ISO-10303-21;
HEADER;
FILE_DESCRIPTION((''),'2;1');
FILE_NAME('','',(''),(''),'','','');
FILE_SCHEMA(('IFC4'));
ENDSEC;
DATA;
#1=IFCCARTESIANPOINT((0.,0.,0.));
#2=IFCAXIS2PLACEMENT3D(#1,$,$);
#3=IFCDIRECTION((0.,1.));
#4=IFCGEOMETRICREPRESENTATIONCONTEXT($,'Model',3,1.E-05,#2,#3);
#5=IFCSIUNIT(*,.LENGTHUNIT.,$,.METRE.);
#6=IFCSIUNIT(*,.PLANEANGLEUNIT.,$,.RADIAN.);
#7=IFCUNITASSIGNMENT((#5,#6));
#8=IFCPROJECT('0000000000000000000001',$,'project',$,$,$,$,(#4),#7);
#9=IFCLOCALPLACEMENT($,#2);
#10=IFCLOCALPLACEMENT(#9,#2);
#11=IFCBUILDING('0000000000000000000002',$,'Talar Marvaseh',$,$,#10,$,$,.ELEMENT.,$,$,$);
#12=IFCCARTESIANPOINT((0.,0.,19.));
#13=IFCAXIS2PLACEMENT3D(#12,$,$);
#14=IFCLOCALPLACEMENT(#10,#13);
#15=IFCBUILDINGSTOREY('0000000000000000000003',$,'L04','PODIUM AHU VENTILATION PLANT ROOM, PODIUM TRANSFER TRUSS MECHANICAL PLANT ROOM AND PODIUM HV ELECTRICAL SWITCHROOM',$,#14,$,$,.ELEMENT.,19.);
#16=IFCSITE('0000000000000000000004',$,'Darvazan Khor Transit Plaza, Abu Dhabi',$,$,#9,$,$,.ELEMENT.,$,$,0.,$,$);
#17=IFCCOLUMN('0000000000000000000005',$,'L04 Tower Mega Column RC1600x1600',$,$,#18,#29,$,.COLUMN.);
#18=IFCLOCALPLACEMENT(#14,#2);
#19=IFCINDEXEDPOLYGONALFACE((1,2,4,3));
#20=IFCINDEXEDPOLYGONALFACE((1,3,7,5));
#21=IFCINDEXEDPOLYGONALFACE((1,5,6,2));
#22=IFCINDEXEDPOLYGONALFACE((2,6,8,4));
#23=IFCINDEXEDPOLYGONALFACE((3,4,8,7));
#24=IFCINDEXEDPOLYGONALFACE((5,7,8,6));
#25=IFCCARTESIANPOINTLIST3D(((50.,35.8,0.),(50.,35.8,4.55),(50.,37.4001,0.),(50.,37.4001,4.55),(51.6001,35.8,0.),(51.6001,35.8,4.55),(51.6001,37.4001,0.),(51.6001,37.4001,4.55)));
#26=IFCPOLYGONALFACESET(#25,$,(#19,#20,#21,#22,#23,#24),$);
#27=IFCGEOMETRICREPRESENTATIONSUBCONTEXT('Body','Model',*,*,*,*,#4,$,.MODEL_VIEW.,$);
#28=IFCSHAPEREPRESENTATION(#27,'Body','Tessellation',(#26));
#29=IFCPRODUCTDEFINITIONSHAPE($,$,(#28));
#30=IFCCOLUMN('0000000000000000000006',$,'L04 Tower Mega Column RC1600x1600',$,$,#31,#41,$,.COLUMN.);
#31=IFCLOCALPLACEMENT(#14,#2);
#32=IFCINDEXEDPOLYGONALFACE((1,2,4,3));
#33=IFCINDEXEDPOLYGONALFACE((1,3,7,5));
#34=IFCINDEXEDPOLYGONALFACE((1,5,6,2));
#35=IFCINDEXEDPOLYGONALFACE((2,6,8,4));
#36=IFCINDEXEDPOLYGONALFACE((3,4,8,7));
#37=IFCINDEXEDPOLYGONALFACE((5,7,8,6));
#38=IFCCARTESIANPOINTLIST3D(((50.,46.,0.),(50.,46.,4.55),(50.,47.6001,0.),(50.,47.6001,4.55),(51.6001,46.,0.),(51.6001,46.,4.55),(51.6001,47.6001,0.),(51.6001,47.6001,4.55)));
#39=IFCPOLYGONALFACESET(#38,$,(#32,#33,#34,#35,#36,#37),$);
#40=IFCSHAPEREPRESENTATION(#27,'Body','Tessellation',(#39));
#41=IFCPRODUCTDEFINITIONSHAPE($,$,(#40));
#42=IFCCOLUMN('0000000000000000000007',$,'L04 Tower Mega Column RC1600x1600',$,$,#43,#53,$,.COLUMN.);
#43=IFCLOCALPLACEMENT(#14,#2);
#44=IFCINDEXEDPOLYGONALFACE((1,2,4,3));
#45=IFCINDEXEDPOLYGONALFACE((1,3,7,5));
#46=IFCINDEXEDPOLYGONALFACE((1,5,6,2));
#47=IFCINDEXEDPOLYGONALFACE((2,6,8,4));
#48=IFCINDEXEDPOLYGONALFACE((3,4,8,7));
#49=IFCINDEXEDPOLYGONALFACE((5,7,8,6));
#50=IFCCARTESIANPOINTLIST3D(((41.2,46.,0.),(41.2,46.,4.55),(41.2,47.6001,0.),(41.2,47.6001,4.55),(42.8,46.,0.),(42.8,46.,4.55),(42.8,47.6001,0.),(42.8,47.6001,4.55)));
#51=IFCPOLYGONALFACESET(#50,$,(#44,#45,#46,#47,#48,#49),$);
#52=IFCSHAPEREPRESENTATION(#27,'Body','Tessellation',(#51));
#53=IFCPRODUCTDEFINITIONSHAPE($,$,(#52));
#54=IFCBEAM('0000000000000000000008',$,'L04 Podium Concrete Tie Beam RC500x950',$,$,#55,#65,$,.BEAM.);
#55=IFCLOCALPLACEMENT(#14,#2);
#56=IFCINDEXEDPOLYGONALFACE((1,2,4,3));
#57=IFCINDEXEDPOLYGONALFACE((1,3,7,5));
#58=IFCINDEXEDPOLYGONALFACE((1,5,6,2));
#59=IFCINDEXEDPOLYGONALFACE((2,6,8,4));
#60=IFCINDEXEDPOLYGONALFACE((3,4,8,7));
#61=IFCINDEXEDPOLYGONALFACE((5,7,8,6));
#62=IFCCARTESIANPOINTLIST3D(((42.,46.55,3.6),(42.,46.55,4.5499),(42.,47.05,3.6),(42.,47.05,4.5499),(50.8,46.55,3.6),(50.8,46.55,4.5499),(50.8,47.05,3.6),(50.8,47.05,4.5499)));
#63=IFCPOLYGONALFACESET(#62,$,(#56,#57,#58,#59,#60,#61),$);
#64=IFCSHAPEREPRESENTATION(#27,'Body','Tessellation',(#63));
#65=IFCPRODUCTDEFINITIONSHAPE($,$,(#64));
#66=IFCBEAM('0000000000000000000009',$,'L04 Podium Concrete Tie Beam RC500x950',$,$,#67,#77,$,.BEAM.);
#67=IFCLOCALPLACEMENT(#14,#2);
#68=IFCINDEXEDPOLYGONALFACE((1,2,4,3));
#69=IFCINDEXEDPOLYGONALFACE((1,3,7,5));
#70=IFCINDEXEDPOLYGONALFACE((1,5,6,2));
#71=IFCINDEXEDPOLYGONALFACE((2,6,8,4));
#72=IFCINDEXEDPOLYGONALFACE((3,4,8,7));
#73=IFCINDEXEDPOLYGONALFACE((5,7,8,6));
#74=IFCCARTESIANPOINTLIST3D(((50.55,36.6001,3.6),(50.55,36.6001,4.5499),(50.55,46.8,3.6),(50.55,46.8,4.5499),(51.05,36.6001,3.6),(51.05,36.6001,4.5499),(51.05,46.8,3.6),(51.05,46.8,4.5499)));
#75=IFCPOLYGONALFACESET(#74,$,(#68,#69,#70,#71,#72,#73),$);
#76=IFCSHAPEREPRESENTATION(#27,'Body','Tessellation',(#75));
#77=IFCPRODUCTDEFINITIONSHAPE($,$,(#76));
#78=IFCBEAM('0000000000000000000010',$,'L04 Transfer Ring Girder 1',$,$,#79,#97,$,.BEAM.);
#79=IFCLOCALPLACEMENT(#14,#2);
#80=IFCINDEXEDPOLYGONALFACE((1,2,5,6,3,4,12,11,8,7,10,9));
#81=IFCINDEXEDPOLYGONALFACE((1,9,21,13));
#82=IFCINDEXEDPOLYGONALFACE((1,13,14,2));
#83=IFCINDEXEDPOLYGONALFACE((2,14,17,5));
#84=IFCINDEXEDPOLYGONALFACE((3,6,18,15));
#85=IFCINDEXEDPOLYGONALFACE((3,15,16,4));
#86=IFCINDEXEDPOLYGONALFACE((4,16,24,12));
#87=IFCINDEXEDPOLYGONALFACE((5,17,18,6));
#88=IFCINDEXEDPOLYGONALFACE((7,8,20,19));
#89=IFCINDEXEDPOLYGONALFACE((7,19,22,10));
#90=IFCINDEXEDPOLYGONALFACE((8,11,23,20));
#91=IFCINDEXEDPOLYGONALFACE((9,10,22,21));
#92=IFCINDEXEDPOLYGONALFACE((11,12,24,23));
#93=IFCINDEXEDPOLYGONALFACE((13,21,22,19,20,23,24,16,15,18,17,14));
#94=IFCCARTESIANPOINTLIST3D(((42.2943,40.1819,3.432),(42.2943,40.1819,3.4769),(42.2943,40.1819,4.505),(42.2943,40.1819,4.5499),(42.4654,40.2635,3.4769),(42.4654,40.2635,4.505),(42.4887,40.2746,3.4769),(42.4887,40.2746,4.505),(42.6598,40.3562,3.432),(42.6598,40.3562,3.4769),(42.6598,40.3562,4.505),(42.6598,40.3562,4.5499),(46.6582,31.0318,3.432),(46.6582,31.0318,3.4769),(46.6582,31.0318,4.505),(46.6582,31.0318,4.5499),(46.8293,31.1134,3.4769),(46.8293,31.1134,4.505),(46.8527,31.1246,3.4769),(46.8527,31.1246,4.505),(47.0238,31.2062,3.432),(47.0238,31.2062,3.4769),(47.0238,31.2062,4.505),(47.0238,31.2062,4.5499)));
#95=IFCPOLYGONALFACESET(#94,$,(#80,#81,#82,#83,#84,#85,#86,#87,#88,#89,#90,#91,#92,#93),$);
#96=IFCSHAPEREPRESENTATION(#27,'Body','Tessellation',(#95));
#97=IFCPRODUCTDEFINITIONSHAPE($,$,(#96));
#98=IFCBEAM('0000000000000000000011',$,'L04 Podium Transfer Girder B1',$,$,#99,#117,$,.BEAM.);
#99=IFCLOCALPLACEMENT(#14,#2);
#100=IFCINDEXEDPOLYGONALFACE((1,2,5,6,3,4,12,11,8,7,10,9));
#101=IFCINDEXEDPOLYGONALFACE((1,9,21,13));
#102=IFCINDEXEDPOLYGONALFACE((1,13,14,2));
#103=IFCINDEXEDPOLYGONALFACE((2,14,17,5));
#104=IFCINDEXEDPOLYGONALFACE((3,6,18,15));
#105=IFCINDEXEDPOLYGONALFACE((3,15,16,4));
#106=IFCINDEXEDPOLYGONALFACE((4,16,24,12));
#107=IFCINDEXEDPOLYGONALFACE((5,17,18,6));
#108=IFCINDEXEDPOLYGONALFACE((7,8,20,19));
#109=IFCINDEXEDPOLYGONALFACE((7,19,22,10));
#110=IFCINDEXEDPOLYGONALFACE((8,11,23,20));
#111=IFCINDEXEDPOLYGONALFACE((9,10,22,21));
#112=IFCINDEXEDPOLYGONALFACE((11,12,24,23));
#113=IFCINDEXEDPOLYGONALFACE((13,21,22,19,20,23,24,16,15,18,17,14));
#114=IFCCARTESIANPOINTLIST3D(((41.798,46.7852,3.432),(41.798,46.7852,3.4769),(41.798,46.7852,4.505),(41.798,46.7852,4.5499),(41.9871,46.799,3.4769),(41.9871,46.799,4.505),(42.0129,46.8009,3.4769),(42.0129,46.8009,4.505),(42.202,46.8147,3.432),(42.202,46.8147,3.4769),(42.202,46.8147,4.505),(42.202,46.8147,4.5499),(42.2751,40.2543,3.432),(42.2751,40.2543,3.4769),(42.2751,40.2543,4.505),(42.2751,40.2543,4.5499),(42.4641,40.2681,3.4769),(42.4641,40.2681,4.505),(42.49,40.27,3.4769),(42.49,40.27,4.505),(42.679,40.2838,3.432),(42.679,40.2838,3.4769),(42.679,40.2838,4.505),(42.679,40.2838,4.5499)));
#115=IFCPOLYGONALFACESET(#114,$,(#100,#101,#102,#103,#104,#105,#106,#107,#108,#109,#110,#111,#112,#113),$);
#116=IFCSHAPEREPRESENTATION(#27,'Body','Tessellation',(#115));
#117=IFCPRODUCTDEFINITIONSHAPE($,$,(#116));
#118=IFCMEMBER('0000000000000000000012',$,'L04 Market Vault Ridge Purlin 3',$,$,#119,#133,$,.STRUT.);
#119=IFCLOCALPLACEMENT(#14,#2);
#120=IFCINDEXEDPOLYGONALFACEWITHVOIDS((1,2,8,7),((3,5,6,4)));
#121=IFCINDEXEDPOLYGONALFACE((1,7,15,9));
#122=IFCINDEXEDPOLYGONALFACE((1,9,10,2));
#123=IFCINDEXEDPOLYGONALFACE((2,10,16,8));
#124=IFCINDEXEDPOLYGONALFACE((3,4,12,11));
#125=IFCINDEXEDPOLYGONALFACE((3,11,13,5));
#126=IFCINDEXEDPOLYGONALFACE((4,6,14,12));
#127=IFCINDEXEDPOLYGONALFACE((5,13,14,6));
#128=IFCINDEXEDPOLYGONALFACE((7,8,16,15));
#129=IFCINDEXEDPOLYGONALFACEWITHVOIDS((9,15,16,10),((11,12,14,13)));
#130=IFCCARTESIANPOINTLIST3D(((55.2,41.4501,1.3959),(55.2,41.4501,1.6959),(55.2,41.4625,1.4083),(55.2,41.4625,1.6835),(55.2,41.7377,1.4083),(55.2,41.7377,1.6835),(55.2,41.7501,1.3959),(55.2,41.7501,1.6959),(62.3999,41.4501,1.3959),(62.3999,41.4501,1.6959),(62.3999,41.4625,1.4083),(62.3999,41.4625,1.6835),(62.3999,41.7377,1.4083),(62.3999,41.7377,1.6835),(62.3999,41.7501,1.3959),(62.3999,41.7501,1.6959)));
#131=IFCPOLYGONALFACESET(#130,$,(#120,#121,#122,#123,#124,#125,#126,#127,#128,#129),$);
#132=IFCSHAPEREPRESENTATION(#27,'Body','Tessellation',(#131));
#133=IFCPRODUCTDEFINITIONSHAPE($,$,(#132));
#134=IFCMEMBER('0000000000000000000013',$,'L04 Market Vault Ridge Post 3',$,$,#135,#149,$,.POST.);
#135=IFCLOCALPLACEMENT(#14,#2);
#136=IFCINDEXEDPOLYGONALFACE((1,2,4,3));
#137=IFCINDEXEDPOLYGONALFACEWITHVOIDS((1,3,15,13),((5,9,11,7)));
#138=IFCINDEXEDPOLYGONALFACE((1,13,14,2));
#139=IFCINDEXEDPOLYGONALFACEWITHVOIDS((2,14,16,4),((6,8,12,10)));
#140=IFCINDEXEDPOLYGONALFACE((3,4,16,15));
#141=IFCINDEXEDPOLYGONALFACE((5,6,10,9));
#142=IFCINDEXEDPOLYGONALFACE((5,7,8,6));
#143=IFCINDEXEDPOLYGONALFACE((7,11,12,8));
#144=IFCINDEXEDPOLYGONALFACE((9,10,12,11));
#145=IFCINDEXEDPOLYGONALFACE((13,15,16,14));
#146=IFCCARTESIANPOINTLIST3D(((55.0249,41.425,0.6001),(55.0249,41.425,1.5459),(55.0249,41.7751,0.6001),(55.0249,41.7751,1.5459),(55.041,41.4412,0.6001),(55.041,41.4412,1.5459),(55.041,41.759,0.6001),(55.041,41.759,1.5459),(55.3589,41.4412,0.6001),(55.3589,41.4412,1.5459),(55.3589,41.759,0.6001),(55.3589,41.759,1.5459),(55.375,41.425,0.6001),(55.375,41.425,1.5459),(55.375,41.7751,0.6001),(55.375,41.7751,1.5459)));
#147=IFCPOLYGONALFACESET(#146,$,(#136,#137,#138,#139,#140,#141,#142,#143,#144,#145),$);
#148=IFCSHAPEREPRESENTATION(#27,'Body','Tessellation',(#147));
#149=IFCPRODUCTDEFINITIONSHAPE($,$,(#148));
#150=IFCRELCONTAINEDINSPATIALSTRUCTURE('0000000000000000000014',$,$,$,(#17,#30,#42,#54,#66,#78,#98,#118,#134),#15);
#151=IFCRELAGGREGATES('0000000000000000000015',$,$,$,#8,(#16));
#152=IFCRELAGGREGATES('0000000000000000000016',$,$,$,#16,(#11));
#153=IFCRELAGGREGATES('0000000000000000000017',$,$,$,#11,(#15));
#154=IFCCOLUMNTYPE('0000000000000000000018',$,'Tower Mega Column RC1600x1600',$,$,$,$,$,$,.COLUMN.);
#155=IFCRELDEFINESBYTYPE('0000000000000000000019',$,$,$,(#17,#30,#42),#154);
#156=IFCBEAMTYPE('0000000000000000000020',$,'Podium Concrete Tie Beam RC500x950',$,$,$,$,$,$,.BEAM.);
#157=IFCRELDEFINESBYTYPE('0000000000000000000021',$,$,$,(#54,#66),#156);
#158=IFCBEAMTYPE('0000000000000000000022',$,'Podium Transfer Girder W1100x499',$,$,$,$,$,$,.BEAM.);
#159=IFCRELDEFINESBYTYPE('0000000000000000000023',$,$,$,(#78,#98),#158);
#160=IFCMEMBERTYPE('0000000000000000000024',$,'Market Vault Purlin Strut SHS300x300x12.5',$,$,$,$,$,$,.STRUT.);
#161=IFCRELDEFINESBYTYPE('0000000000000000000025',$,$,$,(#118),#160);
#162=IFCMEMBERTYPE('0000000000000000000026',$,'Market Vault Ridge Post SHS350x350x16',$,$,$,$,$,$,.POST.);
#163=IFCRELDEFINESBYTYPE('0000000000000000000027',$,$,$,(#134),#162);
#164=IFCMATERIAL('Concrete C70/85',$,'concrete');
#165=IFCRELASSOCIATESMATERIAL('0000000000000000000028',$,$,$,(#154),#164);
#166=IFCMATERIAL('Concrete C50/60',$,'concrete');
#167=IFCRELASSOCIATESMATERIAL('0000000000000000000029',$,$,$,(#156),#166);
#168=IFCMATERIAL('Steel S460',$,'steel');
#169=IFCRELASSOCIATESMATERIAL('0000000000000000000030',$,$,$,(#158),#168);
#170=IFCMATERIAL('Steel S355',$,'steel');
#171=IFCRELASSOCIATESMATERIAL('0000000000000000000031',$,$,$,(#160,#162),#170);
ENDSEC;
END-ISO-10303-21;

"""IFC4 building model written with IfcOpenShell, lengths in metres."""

from ifc_helpers import new_model, si_unit, direction, frame, origin, origin_2d, place, context, subcontext, project, spatial, rectangle, hollow_rectangle, i_section, extrude, source, transform, mapped, material, material_profile, profile_set, type_object, type_shapes, element, save


model = new_model("IFC4")

# Units and contexts
model_context = context("Model", 3, precision=1e-05, world=origin(), true_north=direction((0.0, 1.0)))
body_context = subcontext(model_context, "Body", "Model", "MODEL_VIEW")
ifc_project = project(units=[si_unit("LENGTHUNIT", "METRE"), si_unit("PLANEANGLEUNIT", "RADIAN")], contexts=[model_context])

# Site, building, storey
site_placement = place(None, origin())
site = spatial("IfcSite", under=ifc_project, at=site_placement, Name="Darvazan Khor Transit Plaza, Abu Dhabi", CompositionType="ELEMENT", RefElevation=0.0)
building_placement = place(site_placement, origin())
building = spatial("IfcBuilding", under=site, at=building_placement, Name="Talar Marvaseh", CompositionType="ELEMENT")
storey_placement = place(building_placement, frame((0.0, 0.0, 19.0)))
storey = spatial("IfcBuildingStorey", under=building, at=storey_placement, Name="L04", Description="PODIUM AHU VENTILATION PLANT ROOM, PODIUM TRANSFER TRUSS MECHANICAL PLANT ROOM AND PODIUM HV ELECTRICAL SWITCHROOM", CompositionType="ELEMENT", Elevation=19.0)

# Columns
ifc_material_1 = material(Name="Concrete C70/85", Category="concrete")
ifc_material_profile_1 = material_profile(ifc_material_1, rectangle(XDim=1.6001, YDim=1.6001, at=origin_2d()), Name="RC1600x1600")
ifc_profile_set_1 = profile_set([ifc_material_profile_1], Name="Concrete C70/85")
column_type = type_object("IfcColumnType", Name="Tower Mega Column RC1600x1600", PredefinedType="COLUMN", material=ifc_profile_set_1)
for number, where, z_axis, x_axis, name in (
    (1, (50.8, 36.6001, 0.0), (0.0, 0.0, 1.0), (1.0, 0.0, 0.0), "L04 Tower Mega Column RC1600x1600"),
    (2, (50.8, 46.8, 0.0), (0.0, 0.0, 1.0), (1.0, 0.0, 0.0), "L04 Tower Mega Column RC1600x1600"),
    (3, (42.0, 46.8, 0.0), (0.0, 0.0, 1.0), (1.0, 0.0, 0.0), "L04 Tower Mega Column RC1600x1600"),
):
    element("IfcColumn", number, at=place(storey_placement, frame(where, z_axis=z_axis, x_axis=x_axis)), inside=storey, type_object=column_type, Name=name, PredefinedType="COLUMN", context=body_context, shape_type="SweptSolid", body=[
        extrude(rectangle(XDim=1.6001, YDim=1.6001, at=origin_2d()), origin(), (0.0, 0.0, 1.0), 4.55),
    ])

# Beams
ifc_material_2 = material(Name="Concrete C50/60", Category="concrete")
ifc_material_profile_2 = material_profile(ifc_material_2, rectangle(XDim=0.5, YDim=0.95, at=origin_2d()), Name="RC500x950")
ifc_profile_set_2 = profile_set([ifc_material_profile_2], Name="Concrete C50/60")
beam_type_1 = type_object("IfcBeamType", Name="Podium Concrete Tie Beam RC500x950", PredefinedType="BEAM", material=ifc_profile_set_2)
beam_1_placement = place(storey_placement, frame((42.0, 46.8, 4.075), z_axis=(1.0, 0.0, 0.0), x_axis=(0.0, 1.0, 0.0)))
element("IfcBeam", 4, at=beam_1_placement, inside=storey, type_object=beam_type_1, Name="L04 Podium Concrete Tie Beam RC500x950", PredefinedType="BEAM", context=body_context, shape_type="SweptSolid", body=[
    extrude(rectangle(XDim=0.5, YDim=0.95, at=origin_2d()), origin(), (0.0, 0.0, 1.0), 8.8),
])
beam_2_placement = place(storey_placement, frame((50.8, 36.6001, 4.075), z_axis=(0.0, 1.0, 0.0), x_axis=(-1.0, 0.0, 0.0)))
element("IfcBeam", 5, at=beam_2_placement, inside=storey, type_object=beam_type_1, Name="L04 Podium Concrete Tie Beam RC500x950", PredefinedType="BEAM", context=body_context, shape_type="SweptSolid", body=[
    extrude(rectangle(XDim=0.5, YDim=0.95, at=origin_2d()), origin(), (0.0, 0.0, 1.0), 10.2),
])
ifc_material_3 = material(Name="Steel S460", Category="steel")
ifc_material_profile_3 = material_profile(ifc_material_3, i_section(OverallWidth=0.405, OverallDepth=1.1179, WebThickness=0.0259, FlangeThickness=0.0449, at=origin_2d()), Name="W1100x499")
ifc_profile_set_3 = profile_set([ifc_material_profile_3], Name="Steel S460")
beam_type_2 = type_object("IfcBeamType", Name="Podium Transfer Girder W1100x499", PredefinedType="BEAM", material=ifc_profile_set_3)
beam_3_placement = place(storey_placement, frame((42.4771, 40.269, 3.991), z_axis=(0.43048, -0.9026, 0.0), x_axis=(0.9026, 0.43048, 0.0)))
element("IfcBeam", 6, at=beam_3_placement, inside=storey, type_object=beam_type_2, Name="L04 Transfer Ring Girder 1", PredefinedType="BEAM", context=body_context, shape_type="SweptSolid", body=[
    extrude(i_section(OverallWidth=0.405, OverallDepth=1.1179, WebThickness=0.0259, FlangeThickness=0.0449, at=origin_2d()), origin(), (0.0, 0.0, 1.0), 10.1375),
])
beam_4_placement = place(storey_placement, frame((42.4771, 40.269, 3.991), z_axis=(-0.07285, 0.997343, 0.0), x_axis=(-0.997343, -0.07285, 0.0)))
element("IfcBeam", 7, at=beam_4_placement, inside=storey, type_object=beam_type_2, Name="L04 Podium Transfer Girder B1", PredefinedType="BEAM", context=body_context, shape_type="SweptSolid", body=[
    extrude(i_section(OverallWidth=0.405, OverallDepth=1.1179, WebThickness=0.0259, FlangeThickness=0.0449, at=origin_2d()), origin(), (0.0, 0.0, 1.0), 6.5483),
])

# Members
ifc_material_4 = material(Name="Steel S355", Category="steel")
ifc_material_profile_4 = material_profile(ifc_material_4, hollow_rectangle(XDim=0.3, YDim=0.3, WallThickness=0.0125, at=origin_2d()), Name="SHS300x300x12.5")
ifc_profile_set_4 = profile_set([ifc_material_profile_4], Name="Steel S355")
member_type_1 = type_object("IfcMemberType", Name="Market Vault Purlin Strut SHS300x300x12.5", PredefinedType="STRUT", material=ifc_profile_set_4)
shared_shape_1 = source(origin(), body_context, "Body", "SweptSolid", [
    extrude(hollow_rectangle(XDim=0.3, YDim=0.3, WallThickness=0.0125, at=origin_2d()), origin(), (0.0, 0.0, 1.0), 7.2),
])
type_shapes(member_type_1, [shared_shape_1])
member_1_placement = place(storey_placement, frame((55.2, 41.6001, 1.5459), z_axis=(1.0, 0.0, 0.0), x_axis=(0.0, 1.0, 0.0)))
element("IfcMember", 8, at=member_1_placement, inside=storey, type_object=member_type_1, Name="L04 Market Vault Ridge Purlin 3", PredefinedType="STRUT", context=body_context, shape_type="MappedRepresentation", body=[
    mapped(shared_shape_1, transform((0.0, 0.0, 0.0), x_axis=(1.0, 0.0, 0.0), y_axis=(0.0, 1.0, 0.0), z_axis=(0.0, 0.0, 1.0), scale=1.0)),
])
ifc_material_profile_5 = material_profile(ifc_material_4, hollow_rectangle(XDim=0.3501, YDim=0.3501, WallThickness=0.0161, at=origin_2d()), Name="SHS350x350x16")
ifc_profile_set_5 = profile_set([ifc_material_profile_5], Name="Steel S355")
member_type_2 = type_object("IfcMemberType", Name="Market Vault Ridge Post SHS350x350x16", PredefinedType="POST", material=ifc_profile_set_5)
shared_shape_2 = source(origin(), body_context, "Body", "SweptSolid", [
    extrude(hollow_rectangle(XDim=0.3501, YDim=0.3501, WallThickness=0.0161, at=origin_2d()), origin(), (0.0, 0.0, 1.0), 0.9458),
])
type_shapes(member_type_2, [shared_shape_2])
member_2_placement = place(storey_placement, frame((55.2, 41.6001, 0.6001), z_axis=(0.0, 0.0, 1.0), x_axis=(1.0, 0.0, 0.0)))
element("IfcMember", 9, at=member_2_placement, inside=storey, type_object=member_type_2, Name="L04 Market Vault Ridge Post 3", PredefinedType="POST", context=body_context, shape_type="MappedRepresentation", body=[
    mapped(shared_shape_2, transform((0.0, 0.0, 0.0), x_axis=(1.0, 0.0, 0.0), y_axis=(0.0, 1.0, 0.0), z_axis=(0.0, 0.0, 1.0), scale=1.0)),
])

save(model, "model.ifc")
